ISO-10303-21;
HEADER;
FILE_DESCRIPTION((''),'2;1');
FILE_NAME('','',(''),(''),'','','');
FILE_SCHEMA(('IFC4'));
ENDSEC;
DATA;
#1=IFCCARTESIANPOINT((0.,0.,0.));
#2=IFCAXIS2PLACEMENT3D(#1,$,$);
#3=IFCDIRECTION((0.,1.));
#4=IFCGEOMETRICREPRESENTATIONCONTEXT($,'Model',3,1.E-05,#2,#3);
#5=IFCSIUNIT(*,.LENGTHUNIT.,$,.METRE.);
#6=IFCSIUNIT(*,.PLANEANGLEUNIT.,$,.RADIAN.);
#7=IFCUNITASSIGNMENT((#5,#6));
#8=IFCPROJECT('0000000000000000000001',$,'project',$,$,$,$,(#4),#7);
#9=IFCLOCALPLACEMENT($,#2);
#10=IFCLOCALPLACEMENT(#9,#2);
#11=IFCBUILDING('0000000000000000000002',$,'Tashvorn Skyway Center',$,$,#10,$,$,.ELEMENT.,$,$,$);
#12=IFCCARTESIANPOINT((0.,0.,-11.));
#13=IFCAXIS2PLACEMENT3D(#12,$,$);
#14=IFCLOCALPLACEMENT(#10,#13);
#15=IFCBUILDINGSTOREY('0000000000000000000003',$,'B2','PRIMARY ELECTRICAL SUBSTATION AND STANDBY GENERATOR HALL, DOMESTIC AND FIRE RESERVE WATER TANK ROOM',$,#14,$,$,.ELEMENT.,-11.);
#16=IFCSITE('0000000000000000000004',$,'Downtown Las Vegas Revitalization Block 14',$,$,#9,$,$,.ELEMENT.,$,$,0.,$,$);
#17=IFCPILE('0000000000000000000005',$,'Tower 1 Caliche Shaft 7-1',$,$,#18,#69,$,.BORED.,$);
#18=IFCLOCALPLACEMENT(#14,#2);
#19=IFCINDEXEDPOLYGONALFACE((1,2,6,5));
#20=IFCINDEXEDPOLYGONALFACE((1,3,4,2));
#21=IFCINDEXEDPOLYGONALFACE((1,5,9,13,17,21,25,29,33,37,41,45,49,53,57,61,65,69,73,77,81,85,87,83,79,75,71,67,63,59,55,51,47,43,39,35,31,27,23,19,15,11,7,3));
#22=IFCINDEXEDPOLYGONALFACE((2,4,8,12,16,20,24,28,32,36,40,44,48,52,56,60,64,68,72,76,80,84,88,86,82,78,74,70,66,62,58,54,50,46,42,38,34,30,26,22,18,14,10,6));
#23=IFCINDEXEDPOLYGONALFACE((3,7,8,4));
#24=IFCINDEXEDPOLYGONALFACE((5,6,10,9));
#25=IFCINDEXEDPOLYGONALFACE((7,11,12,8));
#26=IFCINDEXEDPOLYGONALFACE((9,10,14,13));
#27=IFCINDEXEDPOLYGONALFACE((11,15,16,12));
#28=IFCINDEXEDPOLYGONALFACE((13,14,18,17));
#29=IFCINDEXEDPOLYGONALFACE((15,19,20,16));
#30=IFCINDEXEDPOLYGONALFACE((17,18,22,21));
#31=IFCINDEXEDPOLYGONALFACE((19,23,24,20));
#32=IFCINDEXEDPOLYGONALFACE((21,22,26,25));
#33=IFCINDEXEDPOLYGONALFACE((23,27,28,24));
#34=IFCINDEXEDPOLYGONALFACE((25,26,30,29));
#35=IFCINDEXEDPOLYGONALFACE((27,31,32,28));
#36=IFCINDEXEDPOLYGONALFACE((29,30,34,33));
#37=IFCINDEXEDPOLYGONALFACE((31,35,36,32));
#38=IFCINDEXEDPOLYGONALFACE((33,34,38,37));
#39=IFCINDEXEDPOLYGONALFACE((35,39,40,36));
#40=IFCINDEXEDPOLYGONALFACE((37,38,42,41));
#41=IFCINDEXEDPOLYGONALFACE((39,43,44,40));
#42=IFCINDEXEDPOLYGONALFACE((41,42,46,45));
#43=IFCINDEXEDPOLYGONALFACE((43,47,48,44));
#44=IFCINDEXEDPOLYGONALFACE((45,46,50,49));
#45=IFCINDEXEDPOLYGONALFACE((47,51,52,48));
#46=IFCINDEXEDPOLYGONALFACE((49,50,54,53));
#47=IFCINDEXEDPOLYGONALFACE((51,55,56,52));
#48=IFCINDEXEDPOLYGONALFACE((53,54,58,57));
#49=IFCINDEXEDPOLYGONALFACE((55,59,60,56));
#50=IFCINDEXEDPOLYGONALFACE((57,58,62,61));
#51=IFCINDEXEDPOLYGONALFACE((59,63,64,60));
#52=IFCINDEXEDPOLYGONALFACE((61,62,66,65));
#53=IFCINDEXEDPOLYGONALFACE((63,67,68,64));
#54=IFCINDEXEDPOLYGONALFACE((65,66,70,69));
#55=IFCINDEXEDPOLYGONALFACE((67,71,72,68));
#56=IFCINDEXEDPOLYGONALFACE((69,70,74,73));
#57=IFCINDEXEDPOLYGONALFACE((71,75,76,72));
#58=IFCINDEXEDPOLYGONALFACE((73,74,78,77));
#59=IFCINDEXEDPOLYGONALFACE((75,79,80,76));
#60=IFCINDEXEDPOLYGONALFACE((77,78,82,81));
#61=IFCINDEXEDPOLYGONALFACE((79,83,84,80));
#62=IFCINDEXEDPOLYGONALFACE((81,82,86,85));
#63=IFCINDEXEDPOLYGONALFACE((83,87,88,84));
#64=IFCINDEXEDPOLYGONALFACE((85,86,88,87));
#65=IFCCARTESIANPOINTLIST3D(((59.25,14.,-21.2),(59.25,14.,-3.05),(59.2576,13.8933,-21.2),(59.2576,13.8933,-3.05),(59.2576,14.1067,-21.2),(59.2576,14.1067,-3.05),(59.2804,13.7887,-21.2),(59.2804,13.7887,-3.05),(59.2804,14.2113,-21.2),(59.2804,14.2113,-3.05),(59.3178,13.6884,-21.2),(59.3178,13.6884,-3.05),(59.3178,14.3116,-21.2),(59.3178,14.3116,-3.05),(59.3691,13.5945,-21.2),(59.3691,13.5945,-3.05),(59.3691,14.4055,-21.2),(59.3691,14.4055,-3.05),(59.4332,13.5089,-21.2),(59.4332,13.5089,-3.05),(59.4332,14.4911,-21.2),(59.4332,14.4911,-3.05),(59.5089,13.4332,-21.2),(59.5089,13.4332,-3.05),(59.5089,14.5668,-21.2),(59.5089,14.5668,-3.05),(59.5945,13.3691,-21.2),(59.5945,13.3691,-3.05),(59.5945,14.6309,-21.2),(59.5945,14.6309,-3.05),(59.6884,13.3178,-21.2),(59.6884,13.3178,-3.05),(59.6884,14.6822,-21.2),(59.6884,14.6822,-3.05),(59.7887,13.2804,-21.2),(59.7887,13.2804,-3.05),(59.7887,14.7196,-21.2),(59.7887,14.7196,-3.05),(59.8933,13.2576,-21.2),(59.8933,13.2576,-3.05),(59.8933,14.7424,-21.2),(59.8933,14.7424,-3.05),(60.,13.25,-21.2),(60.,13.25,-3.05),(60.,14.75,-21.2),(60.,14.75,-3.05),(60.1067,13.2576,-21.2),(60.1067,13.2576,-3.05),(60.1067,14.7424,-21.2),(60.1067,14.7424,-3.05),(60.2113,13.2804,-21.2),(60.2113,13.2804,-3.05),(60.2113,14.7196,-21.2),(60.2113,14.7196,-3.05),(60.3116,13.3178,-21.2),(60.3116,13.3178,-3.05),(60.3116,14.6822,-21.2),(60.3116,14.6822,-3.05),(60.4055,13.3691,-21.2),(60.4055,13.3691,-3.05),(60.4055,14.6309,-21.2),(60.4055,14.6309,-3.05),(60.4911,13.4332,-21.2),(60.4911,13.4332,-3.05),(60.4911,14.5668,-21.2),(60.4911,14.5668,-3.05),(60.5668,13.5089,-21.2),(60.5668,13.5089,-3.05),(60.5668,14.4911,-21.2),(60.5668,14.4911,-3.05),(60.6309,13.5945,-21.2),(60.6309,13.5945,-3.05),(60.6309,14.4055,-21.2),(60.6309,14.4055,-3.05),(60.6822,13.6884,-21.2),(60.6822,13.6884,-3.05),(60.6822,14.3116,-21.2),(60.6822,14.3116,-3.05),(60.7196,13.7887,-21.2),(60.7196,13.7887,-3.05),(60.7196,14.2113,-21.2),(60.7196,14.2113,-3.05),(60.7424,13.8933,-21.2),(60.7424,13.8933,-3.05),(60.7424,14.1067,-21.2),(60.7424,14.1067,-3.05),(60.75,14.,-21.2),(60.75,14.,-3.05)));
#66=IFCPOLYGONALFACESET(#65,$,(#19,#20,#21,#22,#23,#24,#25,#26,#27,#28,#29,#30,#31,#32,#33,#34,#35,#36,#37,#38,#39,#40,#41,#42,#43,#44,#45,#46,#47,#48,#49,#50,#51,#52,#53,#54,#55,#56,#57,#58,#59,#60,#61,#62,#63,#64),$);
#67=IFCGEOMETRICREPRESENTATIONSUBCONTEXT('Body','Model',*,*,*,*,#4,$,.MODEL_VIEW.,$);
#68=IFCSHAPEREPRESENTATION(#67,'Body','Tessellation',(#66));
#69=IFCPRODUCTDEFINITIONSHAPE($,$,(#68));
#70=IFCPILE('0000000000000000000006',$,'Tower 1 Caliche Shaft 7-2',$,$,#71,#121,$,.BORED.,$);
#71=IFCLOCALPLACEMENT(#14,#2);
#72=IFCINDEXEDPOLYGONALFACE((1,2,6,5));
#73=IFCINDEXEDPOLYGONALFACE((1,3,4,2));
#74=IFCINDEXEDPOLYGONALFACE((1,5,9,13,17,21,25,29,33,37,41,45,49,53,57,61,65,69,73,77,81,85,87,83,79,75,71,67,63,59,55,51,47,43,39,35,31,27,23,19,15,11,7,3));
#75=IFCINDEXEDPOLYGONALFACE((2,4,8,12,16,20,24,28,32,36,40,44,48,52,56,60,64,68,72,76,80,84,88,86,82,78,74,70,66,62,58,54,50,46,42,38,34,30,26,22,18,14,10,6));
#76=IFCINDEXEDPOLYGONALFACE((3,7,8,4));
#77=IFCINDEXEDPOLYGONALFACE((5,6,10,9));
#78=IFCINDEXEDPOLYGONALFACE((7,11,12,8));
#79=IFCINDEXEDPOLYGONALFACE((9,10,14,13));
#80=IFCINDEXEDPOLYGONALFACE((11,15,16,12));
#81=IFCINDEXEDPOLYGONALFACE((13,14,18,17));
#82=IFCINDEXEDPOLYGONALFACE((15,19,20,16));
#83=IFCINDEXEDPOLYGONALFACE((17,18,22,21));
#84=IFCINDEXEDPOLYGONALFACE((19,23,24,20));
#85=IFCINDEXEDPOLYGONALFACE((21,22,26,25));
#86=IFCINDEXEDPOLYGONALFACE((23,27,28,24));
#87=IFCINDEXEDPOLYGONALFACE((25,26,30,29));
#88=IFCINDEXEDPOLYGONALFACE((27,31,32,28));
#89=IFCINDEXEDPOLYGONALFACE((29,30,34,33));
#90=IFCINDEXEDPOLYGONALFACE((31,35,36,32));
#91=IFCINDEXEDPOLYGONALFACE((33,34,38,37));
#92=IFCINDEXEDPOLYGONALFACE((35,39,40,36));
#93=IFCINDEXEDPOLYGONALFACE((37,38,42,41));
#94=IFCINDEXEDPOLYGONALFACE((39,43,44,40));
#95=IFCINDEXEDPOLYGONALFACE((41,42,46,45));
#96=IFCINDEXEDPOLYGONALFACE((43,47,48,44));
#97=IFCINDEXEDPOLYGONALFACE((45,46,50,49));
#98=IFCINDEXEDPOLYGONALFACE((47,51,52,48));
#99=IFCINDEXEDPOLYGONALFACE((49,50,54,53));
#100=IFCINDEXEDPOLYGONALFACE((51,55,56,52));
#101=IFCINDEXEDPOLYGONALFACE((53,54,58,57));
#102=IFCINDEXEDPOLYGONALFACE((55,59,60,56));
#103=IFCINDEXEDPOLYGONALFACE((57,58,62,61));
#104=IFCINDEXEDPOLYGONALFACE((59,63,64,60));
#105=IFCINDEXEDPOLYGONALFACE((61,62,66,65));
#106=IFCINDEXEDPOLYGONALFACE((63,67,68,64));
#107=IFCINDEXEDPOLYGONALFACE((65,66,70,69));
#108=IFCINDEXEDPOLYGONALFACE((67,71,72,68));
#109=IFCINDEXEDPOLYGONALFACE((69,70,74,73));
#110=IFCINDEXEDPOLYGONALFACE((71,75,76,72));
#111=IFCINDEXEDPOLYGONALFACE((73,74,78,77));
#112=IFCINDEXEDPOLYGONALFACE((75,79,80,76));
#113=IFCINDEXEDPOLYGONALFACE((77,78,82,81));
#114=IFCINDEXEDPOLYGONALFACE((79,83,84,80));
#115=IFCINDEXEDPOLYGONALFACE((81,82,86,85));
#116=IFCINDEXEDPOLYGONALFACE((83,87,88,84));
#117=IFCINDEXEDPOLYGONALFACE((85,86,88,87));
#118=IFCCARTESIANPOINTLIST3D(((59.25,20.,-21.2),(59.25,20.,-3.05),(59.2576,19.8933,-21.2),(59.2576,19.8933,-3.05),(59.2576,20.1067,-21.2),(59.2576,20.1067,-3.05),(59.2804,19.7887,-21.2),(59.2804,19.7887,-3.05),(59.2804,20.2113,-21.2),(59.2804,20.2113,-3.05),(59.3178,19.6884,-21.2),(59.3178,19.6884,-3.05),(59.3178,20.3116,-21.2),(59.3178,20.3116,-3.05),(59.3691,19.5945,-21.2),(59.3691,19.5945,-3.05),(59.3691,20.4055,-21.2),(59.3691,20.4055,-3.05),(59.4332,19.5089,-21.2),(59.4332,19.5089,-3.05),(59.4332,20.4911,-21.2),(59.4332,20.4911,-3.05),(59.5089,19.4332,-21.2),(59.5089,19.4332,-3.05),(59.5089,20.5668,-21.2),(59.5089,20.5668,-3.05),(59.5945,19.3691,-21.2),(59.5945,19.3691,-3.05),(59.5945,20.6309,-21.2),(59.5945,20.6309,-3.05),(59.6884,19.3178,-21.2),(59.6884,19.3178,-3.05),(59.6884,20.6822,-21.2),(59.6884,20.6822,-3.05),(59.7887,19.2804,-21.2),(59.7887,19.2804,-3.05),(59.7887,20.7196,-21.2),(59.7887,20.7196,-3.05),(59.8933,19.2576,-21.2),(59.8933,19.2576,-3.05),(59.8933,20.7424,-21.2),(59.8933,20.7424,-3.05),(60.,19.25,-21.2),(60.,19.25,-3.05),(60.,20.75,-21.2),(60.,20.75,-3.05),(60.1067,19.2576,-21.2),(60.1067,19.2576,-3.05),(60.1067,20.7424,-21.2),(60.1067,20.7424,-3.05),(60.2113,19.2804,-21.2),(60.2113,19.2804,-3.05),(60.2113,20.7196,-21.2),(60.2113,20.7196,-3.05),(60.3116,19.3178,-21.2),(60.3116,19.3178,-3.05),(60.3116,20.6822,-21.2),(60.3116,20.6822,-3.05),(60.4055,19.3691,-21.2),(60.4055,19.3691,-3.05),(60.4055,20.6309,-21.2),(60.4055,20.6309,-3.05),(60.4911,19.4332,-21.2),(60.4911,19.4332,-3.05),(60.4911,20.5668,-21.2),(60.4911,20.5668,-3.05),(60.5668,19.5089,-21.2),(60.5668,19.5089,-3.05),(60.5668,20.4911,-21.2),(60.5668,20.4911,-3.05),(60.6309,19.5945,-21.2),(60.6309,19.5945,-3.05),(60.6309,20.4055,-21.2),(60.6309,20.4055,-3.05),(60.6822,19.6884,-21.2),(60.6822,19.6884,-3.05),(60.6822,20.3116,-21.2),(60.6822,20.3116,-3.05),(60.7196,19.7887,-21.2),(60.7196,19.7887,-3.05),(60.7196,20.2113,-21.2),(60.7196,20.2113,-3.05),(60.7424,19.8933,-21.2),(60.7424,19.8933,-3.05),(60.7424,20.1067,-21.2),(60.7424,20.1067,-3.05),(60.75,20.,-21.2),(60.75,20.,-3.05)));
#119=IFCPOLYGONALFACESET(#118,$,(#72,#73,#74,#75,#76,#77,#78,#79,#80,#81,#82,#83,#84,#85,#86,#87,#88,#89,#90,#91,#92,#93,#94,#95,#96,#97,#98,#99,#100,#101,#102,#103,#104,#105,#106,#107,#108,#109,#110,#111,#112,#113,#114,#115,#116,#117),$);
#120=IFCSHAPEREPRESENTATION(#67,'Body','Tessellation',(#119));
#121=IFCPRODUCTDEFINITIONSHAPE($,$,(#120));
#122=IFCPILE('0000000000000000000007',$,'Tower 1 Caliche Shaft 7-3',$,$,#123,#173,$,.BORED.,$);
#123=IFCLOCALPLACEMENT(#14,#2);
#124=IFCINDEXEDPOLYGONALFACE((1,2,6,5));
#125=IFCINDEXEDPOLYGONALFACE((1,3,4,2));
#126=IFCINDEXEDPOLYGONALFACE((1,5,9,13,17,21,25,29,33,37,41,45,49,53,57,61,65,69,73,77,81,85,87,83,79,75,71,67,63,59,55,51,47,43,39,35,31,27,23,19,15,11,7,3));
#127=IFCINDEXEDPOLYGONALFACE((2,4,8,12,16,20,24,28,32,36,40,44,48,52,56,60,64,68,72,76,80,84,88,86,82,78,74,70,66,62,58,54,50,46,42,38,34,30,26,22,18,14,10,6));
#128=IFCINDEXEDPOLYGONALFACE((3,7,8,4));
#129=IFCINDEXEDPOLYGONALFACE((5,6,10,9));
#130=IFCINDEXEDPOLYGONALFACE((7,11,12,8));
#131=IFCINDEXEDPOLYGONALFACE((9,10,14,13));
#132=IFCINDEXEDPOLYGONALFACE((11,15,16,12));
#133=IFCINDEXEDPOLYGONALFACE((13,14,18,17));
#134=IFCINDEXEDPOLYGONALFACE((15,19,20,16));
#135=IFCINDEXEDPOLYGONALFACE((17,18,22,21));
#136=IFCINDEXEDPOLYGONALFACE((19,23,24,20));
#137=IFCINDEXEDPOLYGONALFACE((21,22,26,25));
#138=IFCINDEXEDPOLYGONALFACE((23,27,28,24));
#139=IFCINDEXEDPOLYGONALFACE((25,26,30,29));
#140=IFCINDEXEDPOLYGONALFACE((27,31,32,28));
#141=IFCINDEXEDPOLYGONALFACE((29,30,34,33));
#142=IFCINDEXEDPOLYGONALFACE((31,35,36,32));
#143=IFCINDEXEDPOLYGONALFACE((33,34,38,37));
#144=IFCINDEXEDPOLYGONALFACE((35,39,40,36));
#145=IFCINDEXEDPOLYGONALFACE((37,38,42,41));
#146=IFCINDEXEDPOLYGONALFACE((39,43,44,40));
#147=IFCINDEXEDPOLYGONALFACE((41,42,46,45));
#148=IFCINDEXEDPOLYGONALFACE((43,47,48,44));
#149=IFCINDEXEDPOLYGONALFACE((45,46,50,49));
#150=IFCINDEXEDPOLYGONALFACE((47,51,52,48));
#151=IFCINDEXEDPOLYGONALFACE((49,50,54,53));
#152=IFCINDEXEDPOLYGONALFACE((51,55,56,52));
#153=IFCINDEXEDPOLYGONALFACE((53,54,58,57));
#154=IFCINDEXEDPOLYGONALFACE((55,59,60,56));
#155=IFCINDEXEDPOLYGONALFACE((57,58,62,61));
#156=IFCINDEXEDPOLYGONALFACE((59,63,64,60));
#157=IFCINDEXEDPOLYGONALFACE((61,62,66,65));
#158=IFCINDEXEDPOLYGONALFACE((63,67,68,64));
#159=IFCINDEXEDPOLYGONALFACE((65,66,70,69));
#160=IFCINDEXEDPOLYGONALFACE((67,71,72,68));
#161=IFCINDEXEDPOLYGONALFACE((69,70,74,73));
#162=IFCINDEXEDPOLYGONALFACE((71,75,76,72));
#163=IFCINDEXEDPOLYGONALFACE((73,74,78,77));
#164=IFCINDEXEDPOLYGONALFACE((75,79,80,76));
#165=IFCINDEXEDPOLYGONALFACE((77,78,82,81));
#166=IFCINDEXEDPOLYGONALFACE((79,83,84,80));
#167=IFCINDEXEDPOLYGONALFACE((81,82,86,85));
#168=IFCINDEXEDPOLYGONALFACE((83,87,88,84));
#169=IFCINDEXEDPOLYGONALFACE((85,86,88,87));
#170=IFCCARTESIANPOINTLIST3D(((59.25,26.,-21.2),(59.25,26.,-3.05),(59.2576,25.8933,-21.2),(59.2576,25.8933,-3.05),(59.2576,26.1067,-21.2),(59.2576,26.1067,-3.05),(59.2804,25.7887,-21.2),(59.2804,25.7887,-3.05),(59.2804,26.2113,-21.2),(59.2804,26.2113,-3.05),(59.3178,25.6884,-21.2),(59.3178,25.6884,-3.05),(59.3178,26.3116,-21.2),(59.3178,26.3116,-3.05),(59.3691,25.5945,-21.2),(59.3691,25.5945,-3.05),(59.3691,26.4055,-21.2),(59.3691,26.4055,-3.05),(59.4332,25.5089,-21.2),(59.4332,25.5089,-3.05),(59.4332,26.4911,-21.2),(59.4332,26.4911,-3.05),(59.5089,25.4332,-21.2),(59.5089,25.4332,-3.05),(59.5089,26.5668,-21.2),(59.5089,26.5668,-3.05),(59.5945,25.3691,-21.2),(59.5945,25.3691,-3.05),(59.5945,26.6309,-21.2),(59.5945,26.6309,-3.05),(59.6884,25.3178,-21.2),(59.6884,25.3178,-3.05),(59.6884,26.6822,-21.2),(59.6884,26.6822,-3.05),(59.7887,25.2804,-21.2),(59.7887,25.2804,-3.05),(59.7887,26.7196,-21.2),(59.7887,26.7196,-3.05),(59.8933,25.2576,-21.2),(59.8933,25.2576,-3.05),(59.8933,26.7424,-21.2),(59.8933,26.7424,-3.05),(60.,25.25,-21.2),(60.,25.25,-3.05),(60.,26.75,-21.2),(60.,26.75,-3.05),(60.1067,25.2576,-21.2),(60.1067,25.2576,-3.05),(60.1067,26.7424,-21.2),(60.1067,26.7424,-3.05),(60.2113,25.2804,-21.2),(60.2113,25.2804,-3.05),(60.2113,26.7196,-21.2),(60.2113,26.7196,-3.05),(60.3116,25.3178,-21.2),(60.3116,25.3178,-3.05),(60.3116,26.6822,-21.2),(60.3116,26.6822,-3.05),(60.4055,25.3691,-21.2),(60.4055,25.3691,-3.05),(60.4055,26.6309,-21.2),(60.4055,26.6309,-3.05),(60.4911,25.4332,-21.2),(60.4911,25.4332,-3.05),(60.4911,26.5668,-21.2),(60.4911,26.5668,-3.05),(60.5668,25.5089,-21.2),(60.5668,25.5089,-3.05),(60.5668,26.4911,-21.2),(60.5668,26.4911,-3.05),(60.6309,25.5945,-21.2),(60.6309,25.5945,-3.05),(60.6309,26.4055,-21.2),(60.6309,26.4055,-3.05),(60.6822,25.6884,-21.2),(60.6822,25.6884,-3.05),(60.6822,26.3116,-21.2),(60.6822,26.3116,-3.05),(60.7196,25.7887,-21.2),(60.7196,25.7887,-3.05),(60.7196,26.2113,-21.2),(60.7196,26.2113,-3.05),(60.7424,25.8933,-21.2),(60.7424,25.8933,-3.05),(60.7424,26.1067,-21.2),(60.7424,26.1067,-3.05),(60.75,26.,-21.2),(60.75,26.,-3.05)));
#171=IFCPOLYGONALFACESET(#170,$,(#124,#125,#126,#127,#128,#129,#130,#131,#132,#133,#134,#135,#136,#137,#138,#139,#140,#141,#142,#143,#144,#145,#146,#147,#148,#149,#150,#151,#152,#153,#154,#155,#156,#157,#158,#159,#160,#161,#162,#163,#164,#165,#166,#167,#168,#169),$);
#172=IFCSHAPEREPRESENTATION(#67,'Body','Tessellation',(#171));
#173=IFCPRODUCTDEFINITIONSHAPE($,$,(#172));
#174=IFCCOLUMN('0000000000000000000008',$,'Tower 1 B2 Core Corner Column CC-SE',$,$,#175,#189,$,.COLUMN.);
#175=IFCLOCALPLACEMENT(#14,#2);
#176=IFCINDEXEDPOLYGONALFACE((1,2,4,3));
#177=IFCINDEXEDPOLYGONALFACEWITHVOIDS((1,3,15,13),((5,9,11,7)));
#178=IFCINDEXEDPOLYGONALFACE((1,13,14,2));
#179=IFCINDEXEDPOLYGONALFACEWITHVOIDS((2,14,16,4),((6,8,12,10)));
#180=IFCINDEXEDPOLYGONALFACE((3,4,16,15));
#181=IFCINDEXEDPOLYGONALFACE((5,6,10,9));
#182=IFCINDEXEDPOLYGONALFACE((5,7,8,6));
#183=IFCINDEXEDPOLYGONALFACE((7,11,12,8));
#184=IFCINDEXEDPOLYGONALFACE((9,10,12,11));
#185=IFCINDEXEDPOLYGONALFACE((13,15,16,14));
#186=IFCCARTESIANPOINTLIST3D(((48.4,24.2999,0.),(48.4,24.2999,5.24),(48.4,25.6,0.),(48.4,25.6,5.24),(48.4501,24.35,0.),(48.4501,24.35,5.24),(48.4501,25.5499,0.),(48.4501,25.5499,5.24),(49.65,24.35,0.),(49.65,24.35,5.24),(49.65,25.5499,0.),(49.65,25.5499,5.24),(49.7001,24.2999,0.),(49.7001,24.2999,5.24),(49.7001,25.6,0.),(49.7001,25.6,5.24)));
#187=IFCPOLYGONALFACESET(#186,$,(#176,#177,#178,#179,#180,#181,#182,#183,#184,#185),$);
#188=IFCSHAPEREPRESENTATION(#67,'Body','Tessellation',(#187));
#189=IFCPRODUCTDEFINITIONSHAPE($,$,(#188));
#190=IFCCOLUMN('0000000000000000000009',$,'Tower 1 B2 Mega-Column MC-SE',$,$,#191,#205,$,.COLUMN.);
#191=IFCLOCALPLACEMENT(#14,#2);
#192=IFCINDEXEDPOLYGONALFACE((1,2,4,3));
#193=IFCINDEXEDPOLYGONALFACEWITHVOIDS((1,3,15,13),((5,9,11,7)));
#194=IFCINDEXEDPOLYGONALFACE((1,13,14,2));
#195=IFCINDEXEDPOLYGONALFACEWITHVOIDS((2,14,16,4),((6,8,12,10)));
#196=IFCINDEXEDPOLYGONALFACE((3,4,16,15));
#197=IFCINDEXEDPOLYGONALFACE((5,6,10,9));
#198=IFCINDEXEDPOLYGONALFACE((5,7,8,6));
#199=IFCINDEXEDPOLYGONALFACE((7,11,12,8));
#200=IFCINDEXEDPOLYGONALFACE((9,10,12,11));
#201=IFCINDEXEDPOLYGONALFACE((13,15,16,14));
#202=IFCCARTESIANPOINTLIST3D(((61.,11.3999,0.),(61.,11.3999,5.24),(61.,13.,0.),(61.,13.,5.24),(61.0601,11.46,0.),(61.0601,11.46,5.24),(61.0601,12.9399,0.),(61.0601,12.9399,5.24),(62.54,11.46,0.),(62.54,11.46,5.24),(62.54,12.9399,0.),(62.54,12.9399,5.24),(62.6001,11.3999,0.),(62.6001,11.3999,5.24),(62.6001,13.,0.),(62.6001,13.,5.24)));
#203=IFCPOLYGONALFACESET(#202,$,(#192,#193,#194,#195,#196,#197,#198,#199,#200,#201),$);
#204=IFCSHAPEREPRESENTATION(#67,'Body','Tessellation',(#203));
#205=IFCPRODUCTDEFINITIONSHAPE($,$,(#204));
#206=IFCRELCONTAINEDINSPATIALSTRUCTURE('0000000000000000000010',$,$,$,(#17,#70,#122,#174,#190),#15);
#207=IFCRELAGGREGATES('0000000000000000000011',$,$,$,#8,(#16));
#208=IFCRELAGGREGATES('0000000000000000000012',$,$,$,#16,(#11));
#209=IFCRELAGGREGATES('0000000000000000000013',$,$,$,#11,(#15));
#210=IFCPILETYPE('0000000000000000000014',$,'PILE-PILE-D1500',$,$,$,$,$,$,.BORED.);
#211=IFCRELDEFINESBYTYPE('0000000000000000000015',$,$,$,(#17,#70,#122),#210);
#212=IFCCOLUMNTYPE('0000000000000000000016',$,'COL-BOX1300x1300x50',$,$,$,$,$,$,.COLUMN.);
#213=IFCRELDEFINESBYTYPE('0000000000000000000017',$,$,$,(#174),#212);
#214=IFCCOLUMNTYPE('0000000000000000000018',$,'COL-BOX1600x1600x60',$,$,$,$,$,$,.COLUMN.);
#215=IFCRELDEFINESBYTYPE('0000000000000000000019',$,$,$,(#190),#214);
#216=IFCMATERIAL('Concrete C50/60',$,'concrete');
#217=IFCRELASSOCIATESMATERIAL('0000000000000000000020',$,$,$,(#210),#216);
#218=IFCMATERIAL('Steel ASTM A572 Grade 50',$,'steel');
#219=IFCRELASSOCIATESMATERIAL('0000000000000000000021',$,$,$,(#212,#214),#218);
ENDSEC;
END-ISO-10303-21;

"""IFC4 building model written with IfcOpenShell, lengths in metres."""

from ifc_helpers import new_model, si_unit, direction, frame, origin, origin_2d, place, context, subcontext, project, spatial, hollow_rectangle, circle, extrude, material, material_profile, profile_set, type_object, element, save


model = new_model("IFC4")

# Units and contexts
model_context = context("Model", 3, precision=1e-05, world=origin(), true_north=direction((0.0, 1.0)))
body_context = subcontext(model_context, "Body", "Model", "MODEL_VIEW")
ifc_project = project(units=[si_unit("LENGTHUNIT", "METRE"), si_unit("PLANEANGLEUNIT", "RADIAN")], contexts=[model_context])

# Site, building, storey
site_placement = place(None, origin())
site = spatial("IfcSite", under=ifc_project, at=site_placement, Name="Downtown Las Vegas Revitalization Block 14", CompositionType="ELEMENT", RefElevation=0.0)
building_placement = place(site_placement, origin())
building = spatial("IfcBuilding", under=site, at=building_placement, Name="Tashvorn Skyway Center", CompositionType="ELEMENT")
storey_placement = place(building_placement, frame((0.0, 0.0, -11.0)))
storey = spatial("IfcBuildingStorey", under=building, at=storey_placement, Name="B2", Description="PRIMARY ELECTRICAL SUBSTATION AND STANDBY GENERATOR HALL, DOMESTIC AND FIRE RESERVE WATER TANK ROOM", CompositionType="ELEMENT", Elevation=-11.0)

# Piles
ifc_material_1 = material(Name="Concrete C50/60", Category="concrete")
ifc_material_profile_1 = material_profile(ifc_material_1, circle(Radius=0.75, at=origin_2d()), Name="PILE-D1500")
ifc_profile_set_1 = profile_set([ifc_material_profile_1], Name="Concrete C50/60")
pile_type = type_object("IfcPileType", Name="PILE-PILE-D1500", PredefinedType="BORED", material=ifc_profile_set_1)
for number, where, z_axis, x_axis, name in (
    (1, (60.0, 14.0, -3.05), (0.0, 0.0, -1.0), (1.0, 0.0, 0.0), "Tower 1 Caliche Shaft 7-1"),
    (2, (60.0, 20.0, -3.05), (0.0, 0.0, -1.0), (1.0, 0.0, 0.0), "Tower 1 Caliche Shaft 7-2"),
    (3, (60.0, 26.0, -3.05), (0.0, 0.0, -1.0), (1.0, 0.0, 0.0), "Tower 1 Caliche Shaft 7-3"),
):
    element("IfcPile", number, at=place(storey_placement, frame(where, z_axis=z_axis, x_axis=x_axis)), inside=storey, type_object=pile_type, Name=name, PredefinedType="BORED", context=body_context, shape_type="SweptSolid", body=[
        extrude(circle(Radius=0.75, at=origin_2d()), origin(), (0.0, 0.0, 1.0), 18.1499),
    ])

# Columns
ifc_material_2 = material(Name="Steel ASTM A572 Grade 50", Category="steel")
ifc_material_profile_2 = material_profile(ifc_material_2, hollow_rectangle(XDim=1.3, YDim=1.3, WallThickness=0.05, at=origin_2d()), Name="BOX1300x1300x50")
ifc_profile_set_2 = profile_set([ifc_material_profile_2], Name="Steel ASTM A572 Grade 50")
column_type_1 = type_object("IfcColumnType", Name="COL-BOX1300x1300x50", PredefinedType="COLUMN", material=ifc_profile_set_2)
column_1_placement = place(storey_placement, frame((49.05, 24.95, 0.0), z_axis=(0.0, 0.0, 1.0), x_axis=(1.0, 0.0, 0.0)))
element("IfcColumn", 4, at=column_1_placement, inside=storey, type_object=column_type_1, Name="Tower 1 B2 Core Corner Column CC-SE", PredefinedType="COLUMN", context=body_context, shape_type="SweptSolid", body=[
    extrude(hollow_rectangle(XDim=1.3, YDim=1.3, WallThickness=0.05, at=origin_2d()), origin(), (0.0, 0.0, 1.0), 5.24),
])
ifc_material_profile_3 = material_profile(ifc_material_2, hollow_rectangle(XDim=1.6001, YDim=1.6001, WallThickness=0.0601, at=origin_2d()), Name="BOX1600x1600x60")
ifc_profile_set_3 = profile_set([ifc_material_profile_3], Name="Steel ASTM A572 Grade 50")
column_type_2 = type_object("IfcColumnType", Name="COL-BOX1600x1600x60", PredefinedType="COLUMN", material=ifc_profile_set_3)
column_2_placement = place(storey_placement, frame((61.8, 12.2, 0.0), z_axis=(0.0, 0.0, 1.0), x_axis=(1.0, 0.0, 0.0)))
element("IfcColumn", 5, at=column_2_placement, inside=storey, type_object=column_type_2, Name="Tower 1 B2 Mega-Column MC-SE", PredefinedType="COLUMN", context=body_context, shape_type="SweptSolid", body=[
    extrude(hollow_rectangle(XDim=1.6001, YDim=1.6001, WallThickness=0.0601, at=origin_2d()), origin(), (0.0, 0.0, 1.0), 5.24),
])

save(model, "model.ifc")
